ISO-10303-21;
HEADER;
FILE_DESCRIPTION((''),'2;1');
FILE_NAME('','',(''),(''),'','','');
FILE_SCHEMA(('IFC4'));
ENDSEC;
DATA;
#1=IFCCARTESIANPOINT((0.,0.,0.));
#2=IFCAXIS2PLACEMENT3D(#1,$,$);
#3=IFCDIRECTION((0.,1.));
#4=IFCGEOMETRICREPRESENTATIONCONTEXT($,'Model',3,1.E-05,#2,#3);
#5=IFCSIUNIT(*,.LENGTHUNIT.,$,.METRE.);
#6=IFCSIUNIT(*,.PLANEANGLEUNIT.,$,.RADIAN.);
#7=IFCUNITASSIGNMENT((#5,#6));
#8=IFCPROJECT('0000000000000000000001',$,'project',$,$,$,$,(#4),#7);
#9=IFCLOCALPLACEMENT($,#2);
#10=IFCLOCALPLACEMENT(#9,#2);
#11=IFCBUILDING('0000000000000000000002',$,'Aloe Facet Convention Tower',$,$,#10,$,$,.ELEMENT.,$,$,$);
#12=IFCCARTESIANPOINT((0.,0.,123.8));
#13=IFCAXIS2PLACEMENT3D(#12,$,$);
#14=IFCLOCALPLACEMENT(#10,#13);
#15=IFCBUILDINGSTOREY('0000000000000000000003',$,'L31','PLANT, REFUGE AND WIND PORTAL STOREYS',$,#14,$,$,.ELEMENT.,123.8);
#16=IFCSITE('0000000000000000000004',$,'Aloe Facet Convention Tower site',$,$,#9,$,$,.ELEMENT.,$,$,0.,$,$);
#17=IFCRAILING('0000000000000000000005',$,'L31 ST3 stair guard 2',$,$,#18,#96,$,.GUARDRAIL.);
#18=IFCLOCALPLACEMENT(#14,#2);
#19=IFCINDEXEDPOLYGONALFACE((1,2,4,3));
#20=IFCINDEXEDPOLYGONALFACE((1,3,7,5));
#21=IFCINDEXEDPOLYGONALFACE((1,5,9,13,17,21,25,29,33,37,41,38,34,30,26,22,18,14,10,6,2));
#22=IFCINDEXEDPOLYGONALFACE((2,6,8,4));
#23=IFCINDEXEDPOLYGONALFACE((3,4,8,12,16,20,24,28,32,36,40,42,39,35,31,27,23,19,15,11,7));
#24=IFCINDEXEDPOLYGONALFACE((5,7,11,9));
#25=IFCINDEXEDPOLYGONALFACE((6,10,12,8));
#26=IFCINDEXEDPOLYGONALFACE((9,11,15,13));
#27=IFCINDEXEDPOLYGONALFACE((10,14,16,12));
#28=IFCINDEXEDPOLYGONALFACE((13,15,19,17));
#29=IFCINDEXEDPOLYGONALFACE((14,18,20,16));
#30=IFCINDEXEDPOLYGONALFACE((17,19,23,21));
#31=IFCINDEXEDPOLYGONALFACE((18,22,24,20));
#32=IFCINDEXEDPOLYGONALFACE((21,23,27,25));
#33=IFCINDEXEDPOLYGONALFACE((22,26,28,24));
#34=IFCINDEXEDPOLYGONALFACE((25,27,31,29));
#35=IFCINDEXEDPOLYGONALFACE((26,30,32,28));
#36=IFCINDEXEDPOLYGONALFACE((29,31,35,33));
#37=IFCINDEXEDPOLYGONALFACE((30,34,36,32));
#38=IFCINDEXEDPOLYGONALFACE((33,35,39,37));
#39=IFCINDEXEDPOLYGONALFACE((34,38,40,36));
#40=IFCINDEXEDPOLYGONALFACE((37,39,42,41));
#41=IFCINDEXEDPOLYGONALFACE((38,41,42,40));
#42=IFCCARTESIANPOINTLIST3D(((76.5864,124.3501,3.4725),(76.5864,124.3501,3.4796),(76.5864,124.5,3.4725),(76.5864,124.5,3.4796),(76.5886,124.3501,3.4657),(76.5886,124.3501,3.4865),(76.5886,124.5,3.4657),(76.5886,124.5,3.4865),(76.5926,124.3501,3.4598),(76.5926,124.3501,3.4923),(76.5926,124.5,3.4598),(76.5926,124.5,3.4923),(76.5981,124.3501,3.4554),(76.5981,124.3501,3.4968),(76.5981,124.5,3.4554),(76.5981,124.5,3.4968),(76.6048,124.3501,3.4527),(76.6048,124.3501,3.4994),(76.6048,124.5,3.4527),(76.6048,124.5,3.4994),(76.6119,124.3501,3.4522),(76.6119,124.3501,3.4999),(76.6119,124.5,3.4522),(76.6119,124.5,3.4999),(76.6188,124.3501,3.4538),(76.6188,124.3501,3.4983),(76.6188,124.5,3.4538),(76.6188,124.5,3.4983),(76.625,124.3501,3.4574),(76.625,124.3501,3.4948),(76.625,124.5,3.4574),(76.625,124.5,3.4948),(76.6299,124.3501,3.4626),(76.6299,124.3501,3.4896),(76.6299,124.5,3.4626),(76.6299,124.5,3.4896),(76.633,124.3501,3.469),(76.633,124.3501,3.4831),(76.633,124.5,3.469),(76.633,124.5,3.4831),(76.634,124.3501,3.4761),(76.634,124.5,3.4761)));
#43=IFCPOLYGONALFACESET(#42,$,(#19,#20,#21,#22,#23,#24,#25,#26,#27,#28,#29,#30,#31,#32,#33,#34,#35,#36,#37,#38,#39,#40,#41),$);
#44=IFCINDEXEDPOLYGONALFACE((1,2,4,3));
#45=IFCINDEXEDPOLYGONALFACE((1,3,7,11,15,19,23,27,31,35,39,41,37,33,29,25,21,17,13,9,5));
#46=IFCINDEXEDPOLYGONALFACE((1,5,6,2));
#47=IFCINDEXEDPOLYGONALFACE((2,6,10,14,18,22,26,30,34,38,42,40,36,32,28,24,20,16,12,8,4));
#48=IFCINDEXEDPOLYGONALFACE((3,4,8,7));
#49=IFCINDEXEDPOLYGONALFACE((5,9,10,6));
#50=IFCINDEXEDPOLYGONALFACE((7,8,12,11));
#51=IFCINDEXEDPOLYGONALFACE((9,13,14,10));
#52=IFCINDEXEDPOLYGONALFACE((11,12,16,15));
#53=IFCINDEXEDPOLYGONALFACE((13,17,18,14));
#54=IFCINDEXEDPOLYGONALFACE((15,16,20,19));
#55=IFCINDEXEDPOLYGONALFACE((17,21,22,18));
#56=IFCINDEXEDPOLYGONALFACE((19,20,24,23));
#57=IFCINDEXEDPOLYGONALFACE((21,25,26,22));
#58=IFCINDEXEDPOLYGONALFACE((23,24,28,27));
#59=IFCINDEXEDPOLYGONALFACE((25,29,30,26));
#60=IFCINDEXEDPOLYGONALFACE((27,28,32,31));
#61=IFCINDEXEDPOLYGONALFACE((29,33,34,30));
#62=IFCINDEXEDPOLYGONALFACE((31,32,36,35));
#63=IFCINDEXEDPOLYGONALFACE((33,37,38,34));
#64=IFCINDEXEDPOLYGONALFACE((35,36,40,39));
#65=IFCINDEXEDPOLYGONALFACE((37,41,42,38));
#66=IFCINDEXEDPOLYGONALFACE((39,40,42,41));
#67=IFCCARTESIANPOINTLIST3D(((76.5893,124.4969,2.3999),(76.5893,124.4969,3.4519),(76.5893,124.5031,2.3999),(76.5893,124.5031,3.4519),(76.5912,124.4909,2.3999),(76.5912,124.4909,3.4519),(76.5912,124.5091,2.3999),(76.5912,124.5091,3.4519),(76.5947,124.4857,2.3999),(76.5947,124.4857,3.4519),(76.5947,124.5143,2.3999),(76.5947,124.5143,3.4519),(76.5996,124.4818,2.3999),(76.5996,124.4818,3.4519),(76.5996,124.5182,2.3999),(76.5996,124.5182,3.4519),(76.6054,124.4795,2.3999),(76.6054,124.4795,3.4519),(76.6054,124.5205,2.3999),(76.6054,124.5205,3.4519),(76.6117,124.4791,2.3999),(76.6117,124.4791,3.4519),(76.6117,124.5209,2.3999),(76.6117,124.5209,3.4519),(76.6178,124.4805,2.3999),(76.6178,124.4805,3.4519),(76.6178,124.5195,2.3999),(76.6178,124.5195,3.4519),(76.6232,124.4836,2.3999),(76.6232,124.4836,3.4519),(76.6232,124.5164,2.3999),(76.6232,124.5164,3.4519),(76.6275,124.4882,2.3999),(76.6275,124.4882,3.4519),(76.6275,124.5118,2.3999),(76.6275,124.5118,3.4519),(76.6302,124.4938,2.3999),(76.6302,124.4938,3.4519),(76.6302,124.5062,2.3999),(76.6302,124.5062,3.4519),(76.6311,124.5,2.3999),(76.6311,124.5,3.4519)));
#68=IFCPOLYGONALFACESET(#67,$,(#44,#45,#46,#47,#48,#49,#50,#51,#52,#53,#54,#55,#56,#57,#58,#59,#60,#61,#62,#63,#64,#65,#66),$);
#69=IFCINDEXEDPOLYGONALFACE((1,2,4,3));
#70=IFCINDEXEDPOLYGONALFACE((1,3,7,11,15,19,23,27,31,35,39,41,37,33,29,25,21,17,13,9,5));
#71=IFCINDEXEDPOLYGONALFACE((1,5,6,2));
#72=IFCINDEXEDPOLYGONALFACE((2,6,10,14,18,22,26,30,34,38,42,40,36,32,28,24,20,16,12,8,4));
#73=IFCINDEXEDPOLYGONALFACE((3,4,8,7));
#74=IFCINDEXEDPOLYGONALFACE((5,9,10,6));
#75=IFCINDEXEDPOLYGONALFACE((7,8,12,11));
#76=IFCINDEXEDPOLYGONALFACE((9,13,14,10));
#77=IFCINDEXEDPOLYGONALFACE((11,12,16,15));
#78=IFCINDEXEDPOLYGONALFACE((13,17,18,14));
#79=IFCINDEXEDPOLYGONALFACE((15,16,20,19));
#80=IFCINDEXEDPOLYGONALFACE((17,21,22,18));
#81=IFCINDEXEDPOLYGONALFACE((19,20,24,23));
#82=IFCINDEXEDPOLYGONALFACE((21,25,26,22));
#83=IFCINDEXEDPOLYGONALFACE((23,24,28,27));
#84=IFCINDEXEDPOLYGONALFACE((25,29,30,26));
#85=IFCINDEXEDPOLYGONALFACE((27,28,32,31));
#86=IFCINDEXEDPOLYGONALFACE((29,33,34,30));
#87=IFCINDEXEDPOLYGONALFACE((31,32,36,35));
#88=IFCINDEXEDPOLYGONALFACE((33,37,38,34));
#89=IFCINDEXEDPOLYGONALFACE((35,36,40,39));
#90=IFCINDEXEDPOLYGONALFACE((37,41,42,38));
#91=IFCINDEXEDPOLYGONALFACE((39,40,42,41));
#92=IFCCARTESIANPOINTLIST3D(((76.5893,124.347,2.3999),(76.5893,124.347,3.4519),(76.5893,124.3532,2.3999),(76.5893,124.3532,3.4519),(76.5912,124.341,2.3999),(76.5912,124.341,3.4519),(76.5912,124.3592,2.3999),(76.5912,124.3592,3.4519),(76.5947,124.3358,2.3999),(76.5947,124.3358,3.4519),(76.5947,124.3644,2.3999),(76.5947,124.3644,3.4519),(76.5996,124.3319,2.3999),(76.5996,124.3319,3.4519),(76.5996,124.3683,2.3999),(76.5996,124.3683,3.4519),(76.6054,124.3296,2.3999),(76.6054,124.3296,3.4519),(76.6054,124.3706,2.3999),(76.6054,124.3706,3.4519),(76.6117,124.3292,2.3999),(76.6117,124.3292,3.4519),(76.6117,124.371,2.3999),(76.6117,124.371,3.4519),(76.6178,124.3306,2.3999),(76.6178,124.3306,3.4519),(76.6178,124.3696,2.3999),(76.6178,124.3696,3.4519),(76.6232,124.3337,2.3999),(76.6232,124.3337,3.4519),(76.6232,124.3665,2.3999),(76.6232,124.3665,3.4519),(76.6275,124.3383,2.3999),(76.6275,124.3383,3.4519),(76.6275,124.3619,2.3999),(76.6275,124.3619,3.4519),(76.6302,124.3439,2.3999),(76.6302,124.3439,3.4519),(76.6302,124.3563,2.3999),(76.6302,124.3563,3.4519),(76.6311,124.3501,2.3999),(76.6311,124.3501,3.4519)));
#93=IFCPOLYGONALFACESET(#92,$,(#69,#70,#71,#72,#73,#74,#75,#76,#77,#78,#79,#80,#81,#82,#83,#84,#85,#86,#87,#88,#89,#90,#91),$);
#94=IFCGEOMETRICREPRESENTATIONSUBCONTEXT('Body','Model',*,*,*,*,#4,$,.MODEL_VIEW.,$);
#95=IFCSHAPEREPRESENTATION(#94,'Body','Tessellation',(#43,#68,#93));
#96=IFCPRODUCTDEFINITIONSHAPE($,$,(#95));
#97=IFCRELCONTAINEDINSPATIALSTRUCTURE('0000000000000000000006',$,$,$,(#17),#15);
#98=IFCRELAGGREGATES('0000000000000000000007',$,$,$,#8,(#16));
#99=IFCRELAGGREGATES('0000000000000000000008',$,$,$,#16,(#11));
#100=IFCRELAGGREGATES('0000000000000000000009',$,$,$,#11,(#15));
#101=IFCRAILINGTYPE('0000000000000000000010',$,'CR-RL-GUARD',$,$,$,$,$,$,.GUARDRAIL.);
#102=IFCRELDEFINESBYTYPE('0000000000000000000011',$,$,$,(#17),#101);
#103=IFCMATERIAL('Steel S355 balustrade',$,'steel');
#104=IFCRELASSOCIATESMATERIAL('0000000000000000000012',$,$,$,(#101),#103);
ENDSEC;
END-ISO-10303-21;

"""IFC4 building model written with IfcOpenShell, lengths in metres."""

from ifc_helpers import new_model, si_unit, direction, frame, origin, origin_2d, place, context, subcontext, project, spatial, circle, extrude, material, type_object, element, save


model = new_model("IFC4")

# Units and contexts
model_context = context("Model", 3, precision=1e-05, world=origin(), true_north=direction((0.0, 1.0)))
body_context = subcontext(model_context, "Body", "Model", "MODEL_VIEW")
ifc_project = project(units=[si_unit("LENGTHUNIT", "METRE"), si_unit("PLANEANGLEUNIT", "RADIAN")], contexts=[model_context])

# Site, building, storey
site_placement = place(None, origin())
site = spatial("IfcSite", under=ifc_project, at=site_placement, Name="Aloe Facet Convention Tower site", CompositionType="ELEMENT", RefElevation=0.0)
building_placement = place(site_placement, origin())
building = spatial("IfcBuilding", under=site, at=building_placement, Name="Aloe Facet Convention Tower", CompositionType="ELEMENT")
storey_placement = place(building_placement, frame((0.0, 0.0, 123.8)))
storey = spatial("IfcBuildingStorey", under=building, at=storey_placement, Name="L31", Description="PLANT, REFUGE AND WIND PORTAL STOREYS", CompositionType="ELEMENT", Elevation=123.8)

# Railing
ifc_material_1 = material(Name="Steel S355 balustrade", Category="steel")
railing_type_1 = type_object("IfcRailingType", Name="CR-RL-GUARD", PredefinedType="GUARDRAIL", material=ifc_material_1)
railing_1_placement = place(storey_placement, frame((76.6101, 124.5, 2.3999)))
element("IfcRailing", 1, at=railing_1_placement, inside=storey, type_object=railing_type_1, Name="L31 ST3 stair guard 2", PredefinedType="GUARDRAIL", context=body_context, shape_type="SweptSolid", body=[
    extrude(circle(Radius=0.0239, at=origin_2d()), frame((0.0, 0.0, 1.0762), z_axis=(0.0, -1.0, 0.0), x_axis=(1.0, 0.0, 0.0)), (0.0, 0.0, 1.0), 0.1499),
    extrude(circle(Radius=0.021, at=origin_2d()), origin(), (0.0, 0.0, 1.0), 1.052),
    extrude(circle(Radius=0.021, at=origin_2d()), frame((0.0, -0.1499, 0.0)), (0.0, 0.0, 1.0), 1.052),
])

save(model, "model.ifc")
